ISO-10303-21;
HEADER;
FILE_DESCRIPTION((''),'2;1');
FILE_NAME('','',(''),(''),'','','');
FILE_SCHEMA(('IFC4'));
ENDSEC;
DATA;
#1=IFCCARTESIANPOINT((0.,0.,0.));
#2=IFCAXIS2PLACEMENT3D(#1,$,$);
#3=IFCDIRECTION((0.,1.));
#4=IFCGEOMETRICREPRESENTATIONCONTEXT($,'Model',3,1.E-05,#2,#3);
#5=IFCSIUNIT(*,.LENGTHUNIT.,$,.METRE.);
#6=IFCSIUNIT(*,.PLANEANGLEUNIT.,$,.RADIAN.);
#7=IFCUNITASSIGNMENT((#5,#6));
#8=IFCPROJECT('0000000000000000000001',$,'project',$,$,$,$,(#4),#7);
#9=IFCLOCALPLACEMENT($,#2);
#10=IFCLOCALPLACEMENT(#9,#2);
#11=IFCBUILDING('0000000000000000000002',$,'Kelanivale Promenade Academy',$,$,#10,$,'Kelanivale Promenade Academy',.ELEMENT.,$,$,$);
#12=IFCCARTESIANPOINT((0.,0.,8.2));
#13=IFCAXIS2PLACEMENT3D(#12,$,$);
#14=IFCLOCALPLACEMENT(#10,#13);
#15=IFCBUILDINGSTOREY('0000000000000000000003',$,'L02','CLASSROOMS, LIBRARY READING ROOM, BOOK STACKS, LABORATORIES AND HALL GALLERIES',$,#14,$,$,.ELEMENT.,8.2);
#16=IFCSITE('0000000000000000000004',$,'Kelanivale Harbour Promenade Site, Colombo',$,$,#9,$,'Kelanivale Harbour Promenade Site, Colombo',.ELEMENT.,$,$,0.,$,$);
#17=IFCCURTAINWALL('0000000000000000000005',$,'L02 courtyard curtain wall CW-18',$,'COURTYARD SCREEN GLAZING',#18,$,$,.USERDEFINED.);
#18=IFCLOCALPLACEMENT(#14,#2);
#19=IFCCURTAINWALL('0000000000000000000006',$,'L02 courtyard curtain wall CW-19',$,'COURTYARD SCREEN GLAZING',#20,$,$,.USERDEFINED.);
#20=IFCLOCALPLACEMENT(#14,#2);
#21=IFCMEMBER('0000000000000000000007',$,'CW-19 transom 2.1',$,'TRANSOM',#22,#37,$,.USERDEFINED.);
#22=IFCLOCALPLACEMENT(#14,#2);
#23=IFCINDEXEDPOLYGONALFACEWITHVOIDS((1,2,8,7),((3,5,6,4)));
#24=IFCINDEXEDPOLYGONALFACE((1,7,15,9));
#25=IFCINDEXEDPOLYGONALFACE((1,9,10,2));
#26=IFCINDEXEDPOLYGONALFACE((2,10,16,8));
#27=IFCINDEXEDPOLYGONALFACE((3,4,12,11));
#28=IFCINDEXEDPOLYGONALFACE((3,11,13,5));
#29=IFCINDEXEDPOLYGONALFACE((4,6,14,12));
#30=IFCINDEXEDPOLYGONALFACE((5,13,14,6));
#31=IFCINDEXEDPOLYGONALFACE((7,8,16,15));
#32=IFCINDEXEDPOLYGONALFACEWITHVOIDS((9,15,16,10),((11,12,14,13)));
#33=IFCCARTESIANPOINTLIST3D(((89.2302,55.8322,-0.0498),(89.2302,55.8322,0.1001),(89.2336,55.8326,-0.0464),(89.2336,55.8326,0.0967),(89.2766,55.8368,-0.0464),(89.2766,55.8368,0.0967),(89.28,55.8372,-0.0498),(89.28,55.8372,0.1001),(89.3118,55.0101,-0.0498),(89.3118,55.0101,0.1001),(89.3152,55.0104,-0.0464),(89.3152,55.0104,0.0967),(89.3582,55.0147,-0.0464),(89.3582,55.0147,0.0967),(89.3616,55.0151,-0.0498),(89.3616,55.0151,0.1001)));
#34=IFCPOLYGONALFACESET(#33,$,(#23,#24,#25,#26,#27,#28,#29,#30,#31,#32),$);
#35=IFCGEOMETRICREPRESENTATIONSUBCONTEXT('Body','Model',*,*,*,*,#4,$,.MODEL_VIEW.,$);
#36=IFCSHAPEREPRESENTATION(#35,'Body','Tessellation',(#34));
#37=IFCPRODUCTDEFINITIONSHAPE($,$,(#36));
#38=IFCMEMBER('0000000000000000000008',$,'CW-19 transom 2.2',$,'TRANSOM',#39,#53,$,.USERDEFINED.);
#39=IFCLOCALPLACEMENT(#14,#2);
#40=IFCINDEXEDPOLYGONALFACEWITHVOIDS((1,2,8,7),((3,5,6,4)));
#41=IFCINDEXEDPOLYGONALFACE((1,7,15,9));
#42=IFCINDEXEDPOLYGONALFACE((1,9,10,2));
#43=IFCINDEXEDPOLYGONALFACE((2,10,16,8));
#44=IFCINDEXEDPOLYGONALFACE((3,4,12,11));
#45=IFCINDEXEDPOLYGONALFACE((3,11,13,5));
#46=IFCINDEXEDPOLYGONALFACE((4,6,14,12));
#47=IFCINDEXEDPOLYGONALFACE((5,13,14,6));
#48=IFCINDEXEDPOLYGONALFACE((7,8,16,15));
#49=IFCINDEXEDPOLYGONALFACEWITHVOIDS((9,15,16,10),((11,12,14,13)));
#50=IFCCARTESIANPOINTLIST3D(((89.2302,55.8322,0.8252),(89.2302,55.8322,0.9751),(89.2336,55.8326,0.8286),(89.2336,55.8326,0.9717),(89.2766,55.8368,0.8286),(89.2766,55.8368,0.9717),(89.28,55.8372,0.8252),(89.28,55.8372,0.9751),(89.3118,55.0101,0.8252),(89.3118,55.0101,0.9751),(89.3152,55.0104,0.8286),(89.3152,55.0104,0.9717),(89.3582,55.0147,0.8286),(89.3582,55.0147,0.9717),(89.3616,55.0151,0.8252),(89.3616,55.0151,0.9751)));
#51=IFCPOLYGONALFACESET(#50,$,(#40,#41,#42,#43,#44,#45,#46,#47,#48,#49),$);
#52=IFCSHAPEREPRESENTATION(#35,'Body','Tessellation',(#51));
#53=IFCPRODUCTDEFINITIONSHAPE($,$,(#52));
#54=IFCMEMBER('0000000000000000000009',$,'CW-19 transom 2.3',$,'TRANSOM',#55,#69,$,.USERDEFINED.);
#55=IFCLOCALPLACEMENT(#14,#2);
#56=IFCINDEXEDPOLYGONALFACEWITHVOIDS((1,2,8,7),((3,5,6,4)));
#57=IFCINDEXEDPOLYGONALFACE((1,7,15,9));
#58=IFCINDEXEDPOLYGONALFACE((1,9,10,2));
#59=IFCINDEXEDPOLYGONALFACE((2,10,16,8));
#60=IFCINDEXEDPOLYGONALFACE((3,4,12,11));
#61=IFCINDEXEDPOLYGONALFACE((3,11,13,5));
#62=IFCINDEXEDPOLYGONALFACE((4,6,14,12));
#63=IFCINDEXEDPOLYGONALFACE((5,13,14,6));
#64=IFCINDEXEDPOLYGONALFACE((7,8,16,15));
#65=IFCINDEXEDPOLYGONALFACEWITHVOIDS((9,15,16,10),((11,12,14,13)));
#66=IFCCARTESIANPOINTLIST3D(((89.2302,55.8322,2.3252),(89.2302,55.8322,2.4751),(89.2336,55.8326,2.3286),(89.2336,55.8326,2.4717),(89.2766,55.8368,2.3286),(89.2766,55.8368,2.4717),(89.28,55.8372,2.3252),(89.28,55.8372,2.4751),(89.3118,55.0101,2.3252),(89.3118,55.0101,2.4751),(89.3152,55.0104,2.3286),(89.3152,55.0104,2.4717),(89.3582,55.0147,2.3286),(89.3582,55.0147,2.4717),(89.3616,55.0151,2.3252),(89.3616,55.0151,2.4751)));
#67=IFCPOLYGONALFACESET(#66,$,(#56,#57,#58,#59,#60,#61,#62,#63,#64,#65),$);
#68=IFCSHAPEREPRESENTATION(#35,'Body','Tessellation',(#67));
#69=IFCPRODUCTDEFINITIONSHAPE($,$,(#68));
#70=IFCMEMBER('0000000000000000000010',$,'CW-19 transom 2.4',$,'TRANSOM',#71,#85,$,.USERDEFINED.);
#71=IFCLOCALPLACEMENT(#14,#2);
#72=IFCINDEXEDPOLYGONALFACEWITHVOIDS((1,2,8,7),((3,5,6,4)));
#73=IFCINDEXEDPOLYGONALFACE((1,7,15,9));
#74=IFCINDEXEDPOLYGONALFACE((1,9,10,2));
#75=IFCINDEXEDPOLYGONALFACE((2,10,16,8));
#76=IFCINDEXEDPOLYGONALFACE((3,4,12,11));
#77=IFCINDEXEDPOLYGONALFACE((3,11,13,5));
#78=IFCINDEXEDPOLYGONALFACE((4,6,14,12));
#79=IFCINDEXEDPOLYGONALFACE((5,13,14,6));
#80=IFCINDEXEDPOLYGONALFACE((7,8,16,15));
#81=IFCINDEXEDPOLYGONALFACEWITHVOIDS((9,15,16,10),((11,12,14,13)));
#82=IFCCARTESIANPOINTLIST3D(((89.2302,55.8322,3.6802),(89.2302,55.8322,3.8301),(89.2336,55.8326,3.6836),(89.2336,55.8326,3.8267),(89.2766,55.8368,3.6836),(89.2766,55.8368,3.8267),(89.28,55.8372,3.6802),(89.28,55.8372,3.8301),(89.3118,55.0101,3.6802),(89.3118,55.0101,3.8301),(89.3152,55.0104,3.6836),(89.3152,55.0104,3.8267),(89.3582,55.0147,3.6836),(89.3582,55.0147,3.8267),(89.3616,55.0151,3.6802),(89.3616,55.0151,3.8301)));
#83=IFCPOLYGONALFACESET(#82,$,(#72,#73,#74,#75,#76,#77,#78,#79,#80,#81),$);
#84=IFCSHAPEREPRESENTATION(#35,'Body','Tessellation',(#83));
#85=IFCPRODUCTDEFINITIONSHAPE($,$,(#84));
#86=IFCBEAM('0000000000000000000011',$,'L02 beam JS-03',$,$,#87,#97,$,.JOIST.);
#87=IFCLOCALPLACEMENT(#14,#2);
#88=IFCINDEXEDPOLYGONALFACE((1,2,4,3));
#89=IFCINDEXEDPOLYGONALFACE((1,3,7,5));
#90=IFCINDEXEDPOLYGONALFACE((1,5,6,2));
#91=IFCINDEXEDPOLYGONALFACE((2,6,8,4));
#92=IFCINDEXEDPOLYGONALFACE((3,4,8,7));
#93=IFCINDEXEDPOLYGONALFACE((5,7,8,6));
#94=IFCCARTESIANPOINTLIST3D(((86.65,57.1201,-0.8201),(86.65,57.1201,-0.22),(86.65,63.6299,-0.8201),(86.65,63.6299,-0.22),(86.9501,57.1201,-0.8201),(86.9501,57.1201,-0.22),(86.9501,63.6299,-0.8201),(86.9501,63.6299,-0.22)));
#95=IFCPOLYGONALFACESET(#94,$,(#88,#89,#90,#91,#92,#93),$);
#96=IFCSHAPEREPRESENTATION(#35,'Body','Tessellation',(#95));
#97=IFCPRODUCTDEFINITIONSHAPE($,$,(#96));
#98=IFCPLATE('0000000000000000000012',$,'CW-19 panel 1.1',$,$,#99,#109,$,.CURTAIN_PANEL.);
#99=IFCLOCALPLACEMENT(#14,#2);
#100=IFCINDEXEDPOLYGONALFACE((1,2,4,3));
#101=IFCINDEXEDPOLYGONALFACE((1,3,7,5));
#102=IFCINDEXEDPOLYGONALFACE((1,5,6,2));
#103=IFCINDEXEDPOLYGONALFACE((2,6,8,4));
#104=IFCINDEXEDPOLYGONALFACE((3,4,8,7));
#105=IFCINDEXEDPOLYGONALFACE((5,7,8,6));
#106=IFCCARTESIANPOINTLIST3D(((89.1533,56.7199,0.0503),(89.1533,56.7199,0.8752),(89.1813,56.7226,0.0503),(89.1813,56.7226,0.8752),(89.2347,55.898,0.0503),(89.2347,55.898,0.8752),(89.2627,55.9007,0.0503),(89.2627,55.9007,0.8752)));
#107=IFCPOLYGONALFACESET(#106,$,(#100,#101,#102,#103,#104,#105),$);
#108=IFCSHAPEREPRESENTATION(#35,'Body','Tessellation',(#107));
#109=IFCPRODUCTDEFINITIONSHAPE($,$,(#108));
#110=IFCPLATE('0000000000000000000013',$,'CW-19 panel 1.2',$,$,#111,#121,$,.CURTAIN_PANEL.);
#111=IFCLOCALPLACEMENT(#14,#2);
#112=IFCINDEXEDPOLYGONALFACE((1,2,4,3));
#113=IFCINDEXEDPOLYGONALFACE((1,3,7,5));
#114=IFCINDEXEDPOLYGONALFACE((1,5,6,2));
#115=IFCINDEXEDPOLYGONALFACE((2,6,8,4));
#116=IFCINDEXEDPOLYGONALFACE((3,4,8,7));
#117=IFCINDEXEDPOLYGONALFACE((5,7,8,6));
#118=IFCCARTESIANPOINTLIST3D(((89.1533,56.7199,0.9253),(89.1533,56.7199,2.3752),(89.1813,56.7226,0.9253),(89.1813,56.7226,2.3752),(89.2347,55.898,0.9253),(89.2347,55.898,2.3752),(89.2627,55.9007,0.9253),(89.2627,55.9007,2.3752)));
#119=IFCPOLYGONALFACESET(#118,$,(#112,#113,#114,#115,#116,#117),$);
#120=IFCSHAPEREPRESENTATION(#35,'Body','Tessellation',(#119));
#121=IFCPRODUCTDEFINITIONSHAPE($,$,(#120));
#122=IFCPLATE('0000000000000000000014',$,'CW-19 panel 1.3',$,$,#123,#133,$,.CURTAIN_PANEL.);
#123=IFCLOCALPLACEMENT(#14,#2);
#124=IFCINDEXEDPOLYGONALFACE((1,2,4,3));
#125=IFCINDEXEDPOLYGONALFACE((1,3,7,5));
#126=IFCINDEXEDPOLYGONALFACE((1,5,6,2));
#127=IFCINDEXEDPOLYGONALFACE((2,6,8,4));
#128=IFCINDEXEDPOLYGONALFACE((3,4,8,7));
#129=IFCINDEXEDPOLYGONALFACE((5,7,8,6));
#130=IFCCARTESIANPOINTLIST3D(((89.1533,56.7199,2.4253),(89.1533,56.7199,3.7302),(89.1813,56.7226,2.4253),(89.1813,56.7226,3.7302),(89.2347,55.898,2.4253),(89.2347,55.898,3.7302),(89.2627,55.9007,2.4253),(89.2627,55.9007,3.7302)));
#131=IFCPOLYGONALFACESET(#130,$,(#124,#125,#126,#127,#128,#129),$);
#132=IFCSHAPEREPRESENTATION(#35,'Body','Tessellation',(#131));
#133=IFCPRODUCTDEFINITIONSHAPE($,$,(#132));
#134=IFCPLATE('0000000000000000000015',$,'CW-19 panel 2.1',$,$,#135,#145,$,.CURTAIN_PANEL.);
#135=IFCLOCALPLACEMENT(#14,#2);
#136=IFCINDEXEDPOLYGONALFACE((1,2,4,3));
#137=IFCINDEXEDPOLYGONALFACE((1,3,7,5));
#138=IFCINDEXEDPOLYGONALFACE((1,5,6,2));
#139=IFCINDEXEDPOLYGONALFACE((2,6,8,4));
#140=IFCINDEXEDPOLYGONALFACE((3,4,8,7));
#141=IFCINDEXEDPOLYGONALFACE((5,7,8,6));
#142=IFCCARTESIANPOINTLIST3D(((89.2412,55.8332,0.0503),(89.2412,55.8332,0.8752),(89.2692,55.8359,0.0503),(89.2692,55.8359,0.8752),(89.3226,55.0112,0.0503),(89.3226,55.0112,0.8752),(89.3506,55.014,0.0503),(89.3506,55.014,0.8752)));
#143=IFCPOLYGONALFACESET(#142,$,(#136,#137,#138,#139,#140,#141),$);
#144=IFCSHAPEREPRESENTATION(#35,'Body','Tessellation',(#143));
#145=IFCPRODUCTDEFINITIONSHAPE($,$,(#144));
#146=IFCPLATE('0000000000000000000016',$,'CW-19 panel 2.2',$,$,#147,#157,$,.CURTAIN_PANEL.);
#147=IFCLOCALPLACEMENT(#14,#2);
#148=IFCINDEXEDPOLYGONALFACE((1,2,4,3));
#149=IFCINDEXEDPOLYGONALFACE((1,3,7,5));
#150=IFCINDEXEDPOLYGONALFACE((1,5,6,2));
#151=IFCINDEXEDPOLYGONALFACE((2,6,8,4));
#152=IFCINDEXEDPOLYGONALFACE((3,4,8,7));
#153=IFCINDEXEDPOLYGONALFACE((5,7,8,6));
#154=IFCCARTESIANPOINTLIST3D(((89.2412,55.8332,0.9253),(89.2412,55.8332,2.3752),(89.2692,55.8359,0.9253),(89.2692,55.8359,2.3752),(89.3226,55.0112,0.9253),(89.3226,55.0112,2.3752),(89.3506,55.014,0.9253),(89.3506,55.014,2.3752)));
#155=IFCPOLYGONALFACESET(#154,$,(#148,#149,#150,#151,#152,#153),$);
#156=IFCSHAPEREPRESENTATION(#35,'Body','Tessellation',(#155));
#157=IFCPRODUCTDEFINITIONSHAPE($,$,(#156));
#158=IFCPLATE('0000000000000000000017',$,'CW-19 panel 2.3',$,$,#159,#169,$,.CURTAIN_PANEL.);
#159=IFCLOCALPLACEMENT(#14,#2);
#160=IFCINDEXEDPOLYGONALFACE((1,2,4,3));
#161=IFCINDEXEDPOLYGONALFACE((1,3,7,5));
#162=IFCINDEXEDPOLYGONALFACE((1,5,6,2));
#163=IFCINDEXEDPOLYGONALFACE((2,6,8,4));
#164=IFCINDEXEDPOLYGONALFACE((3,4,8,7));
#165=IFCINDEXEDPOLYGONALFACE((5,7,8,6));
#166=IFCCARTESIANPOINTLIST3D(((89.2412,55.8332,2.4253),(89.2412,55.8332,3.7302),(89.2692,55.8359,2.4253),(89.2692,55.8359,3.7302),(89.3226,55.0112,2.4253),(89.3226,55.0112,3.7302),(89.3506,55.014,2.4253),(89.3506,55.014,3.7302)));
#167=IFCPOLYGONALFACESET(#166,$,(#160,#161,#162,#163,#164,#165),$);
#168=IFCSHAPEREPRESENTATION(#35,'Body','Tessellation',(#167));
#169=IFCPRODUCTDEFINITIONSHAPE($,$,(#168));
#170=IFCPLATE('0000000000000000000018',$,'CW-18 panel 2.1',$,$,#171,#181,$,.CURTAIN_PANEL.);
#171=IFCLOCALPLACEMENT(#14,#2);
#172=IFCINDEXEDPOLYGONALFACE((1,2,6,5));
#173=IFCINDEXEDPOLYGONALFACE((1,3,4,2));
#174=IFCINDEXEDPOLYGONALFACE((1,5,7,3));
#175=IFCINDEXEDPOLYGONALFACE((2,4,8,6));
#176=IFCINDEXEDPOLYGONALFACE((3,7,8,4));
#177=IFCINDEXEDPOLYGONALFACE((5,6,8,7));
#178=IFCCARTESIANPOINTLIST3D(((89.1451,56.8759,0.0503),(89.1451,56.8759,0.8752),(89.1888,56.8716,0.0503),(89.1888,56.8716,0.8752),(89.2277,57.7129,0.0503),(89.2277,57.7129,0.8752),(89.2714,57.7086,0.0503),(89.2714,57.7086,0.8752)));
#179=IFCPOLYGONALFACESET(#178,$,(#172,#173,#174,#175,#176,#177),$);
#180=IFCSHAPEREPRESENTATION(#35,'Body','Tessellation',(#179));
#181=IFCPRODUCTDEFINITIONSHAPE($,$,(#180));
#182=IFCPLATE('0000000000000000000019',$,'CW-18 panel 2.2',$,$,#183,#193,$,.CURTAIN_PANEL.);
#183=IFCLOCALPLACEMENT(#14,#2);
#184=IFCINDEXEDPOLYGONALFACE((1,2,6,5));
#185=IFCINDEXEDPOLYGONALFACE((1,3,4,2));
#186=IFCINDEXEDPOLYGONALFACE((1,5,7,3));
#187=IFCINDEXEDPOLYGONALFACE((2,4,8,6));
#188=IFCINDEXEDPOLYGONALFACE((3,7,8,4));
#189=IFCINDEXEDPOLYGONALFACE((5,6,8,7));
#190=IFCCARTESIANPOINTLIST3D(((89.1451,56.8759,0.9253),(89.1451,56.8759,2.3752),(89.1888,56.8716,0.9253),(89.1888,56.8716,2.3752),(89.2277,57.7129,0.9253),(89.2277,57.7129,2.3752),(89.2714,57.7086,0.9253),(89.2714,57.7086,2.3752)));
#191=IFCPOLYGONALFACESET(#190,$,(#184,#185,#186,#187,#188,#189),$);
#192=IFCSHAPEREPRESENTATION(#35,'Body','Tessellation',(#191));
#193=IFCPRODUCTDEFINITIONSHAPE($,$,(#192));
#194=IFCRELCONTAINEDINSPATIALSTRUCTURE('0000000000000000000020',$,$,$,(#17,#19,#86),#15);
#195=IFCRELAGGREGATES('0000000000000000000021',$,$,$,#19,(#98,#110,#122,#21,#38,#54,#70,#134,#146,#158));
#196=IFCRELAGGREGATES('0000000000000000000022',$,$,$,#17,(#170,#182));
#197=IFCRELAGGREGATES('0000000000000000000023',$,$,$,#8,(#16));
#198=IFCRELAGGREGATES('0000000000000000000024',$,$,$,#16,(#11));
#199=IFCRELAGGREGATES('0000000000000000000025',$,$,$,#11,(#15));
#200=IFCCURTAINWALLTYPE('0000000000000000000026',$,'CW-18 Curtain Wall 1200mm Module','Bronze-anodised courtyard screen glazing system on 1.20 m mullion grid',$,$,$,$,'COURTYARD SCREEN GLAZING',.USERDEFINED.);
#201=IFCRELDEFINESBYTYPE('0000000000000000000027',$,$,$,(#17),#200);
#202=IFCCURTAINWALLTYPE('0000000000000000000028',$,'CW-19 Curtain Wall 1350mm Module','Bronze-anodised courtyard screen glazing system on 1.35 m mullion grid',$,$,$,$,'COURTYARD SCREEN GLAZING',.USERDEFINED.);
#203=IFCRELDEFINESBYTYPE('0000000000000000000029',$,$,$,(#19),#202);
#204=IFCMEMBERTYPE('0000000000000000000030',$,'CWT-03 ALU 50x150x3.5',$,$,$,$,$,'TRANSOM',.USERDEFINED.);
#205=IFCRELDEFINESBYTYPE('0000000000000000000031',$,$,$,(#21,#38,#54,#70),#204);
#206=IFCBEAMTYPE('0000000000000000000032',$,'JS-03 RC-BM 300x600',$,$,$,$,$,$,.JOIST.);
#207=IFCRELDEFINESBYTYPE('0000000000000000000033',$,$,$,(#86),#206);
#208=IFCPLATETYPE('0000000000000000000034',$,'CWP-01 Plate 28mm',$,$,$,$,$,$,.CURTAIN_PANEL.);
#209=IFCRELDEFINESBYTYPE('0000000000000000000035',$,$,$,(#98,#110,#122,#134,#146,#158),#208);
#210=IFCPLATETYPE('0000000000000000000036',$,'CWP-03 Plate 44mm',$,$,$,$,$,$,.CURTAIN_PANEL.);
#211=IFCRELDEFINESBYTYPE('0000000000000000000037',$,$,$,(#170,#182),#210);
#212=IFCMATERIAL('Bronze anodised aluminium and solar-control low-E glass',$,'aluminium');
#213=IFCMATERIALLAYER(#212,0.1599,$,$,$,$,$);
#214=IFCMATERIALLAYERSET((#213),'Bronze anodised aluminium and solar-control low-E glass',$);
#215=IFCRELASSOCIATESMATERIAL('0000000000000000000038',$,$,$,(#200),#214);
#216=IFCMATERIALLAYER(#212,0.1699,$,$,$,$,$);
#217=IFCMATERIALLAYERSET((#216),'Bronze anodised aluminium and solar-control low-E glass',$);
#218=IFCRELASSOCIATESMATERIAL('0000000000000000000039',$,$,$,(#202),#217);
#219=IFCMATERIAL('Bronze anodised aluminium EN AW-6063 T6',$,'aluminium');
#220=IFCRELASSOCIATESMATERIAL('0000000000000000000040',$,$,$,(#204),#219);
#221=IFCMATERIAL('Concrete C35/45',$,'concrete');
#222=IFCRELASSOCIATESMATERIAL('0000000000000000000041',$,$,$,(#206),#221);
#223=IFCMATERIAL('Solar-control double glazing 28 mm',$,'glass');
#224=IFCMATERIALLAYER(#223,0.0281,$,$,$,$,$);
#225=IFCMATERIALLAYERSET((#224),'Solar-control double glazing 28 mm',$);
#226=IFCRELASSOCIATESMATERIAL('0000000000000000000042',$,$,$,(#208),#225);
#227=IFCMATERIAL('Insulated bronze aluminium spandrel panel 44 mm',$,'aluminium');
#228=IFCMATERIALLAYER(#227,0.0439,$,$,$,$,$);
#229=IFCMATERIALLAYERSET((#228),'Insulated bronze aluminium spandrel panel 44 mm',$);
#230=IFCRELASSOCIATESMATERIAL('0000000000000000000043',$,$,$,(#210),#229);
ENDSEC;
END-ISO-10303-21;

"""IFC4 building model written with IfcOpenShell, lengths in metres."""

from ifc_helpers import new_model, si_unit, direction, frame, origin, origin_2d, place, context, subcontext, project, spatial, rectangle, hollow_rectangle, extrude, material, layer, layer_set, material_profile, profile_set, type_object, element, aggregate, save


model = new_model("IFC4")

# Units and contexts
model_context = context("Model", 3, precision=1e-05, world=origin(), true_north=direction((0.0, 1.0)))
body_context = subcontext(model_context, "Body", "Model", "MODEL_VIEW")
ifc_project = project(units=[si_unit("LENGTHUNIT", "METRE"), si_unit("PLANEANGLEUNIT", "RADIAN")], contexts=[model_context])

# Site, building, storey
site_placement = place(None, origin())
site = spatial("IfcSite", under=ifc_project, at=site_placement, Name="Kelanivale Harbour Promenade Site, Colombo", LongName="Kelanivale Harbour Promenade Site, Colombo", CompositionType="ELEMENT", RefElevation=0.0)
building_placement = place(site_placement, origin())
building = spatial("IfcBuilding", under=site, at=building_placement, Name="Kelanivale Promenade Academy", LongName="Kelanivale Promenade Academy", CompositionType="ELEMENT")
storey_placement = place(building_placement, frame((0.0, 0.0, 8.2)))
storey = spatial("IfcBuildingStorey", under=building, at=storey_placement, Name="L02", Description="CLASSROOMS, LIBRARY READING ROOM, BOOK STACKS, LABORATORIES AND HALL GALLERIES", CompositionType="ELEMENT", Elevation=8.2)

# Curtain wall
ifc_material_1 = material(Name="Bronze anodised aluminium and solar-control low-E glass", Category="aluminium")
ifc_layer_1 = layer(ifc_material_1, 0.1599)
ifc_layer_set_1 = layer_set([ifc_layer_1], Name="Bronze anodised aluminium and solar-control low-E glass")
curtain_wall_type_1 = type_object("IfcCurtainWallType", Name="CW-18 Curtain Wall 1200mm Module", Description="Bronze-anodised courtyard screen glazing system on 1.20 m mullion grid", ElementType="COURTYARD SCREEN GLAZING", PredefinedType="USERDEFINED", material=ifc_layer_set_1)
curtain_wall_1_placement = place(storey_placement, origin())
curtain_wall_1 = element("IfcCurtainWall", 1, at=curtain_wall_1_placement, inside=storey, type_object=curtain_wall_type_1, Name="L02 courtyard curtain wall CW-18", ObjectType="COURTYARD SCREEN GLAZING", PredefinedType="USERDEFINED")
ifc_material_2 = material(Name="Bronze anodised aluminium EN AW-6063 T6", Category="aluminium")

# Curtain wall
ifc_layer_2 = layer(ifc_material_1, 0.1699)
ifc_layer_set_2 = layer_set([ifc_layer_2], Name="Bronze anodised aluminium and solar-control low-E glass")
curtain_wall_type_2 = type_object("IfcCurtainWallType", Name="CW-19 Curtain Wall 1350mm Module", Description="Bronze-anodised courtyard screen glazing system on 1.35 m mullion grid", ElementType="COURTYARD SCREEN GLAZING", PredefinedType="USERDEFINED", material=ifc_layer_set_2)
curtain_wall_2_placement = place(storey_placement, origin())
curtain_wall_2 = element("IfcCurtainWall", 2, at=curtain_wall_2_placement, inside=storey, type_object=curtain_wall_type_2, Name="L02 courtyard curtain wall CW-19", ObjectType="COURTYARD SCREEN GLAZING", PredefinedType="USERDEFINED")

# Members
ifc_material_profile_1 = material_profile(ifc_material_2, hollow_rectangle(XDim=0.05, YDim=0.1499, WallThickness=0.0034, at=origin_2d()), Name="ALU 50x150x3.5")
ifc_profile_set_1 = profile_set([ifc_material_profile_1], Name="Bronze anodised aluminium EN AW-6063 T6")
member_type_1 = type_object("IfcMemberType", Name="CWT-03 ALU 50x150x3.5", ElementType="TRANSOM", PredefinedType="USERDEFINED", material=ifc_profile_set_1)
member_1_placement = place(storey_placement, frame((89.2551, 55.8347, 0.0251), z_axis=(0.098714, -0.995116, 0.0), x_axis=(0.995116, 0.098714, 0.0)))
member_1 = element("IfcMember", 3, at=member_1_placement, type_object=member_type_1, Name="CW-19 transom 2.1", ObjectType="TRANSOM", PredefinedType="USERDEFINED", context=body_context, shape_type="SweptSolid", body=[
    extrude(hollow_rectangle(XDim=0.05, YDim=0.1499, WallThickness=0.0034, at=origin_2d()), origin(), (0.0, 0.0, 1.0), 0.8262),
])
member_2_placement = place(storey_placement, frame((89.2551, 55.8347, 0.9001), z_axis=(0.098714, -0.995116, 0.0), x_axis=(0.995116, 0.098714, 0.0)))
member_2 = element("IfcMember", 4, at=member_2_placement, type_object=member_type_1, Name="CW-19 transom 2.2", ObjectType="TRANSOM", PredefinedType="USERDEFINED", context=body_context, shape_type="SweptSolid", body=[
    extrude(hollow_rectangle(XDim=0.05, YDim=0.1499, WallThickness=0.0034, at=origin_2d()), origin(), (0.0, 0.0, 1.0), 0.8262),
])
member_3_placement = place(storey_placement, frame((89.2551, 55.8347, 2.4001), z_axis=(0.098714, -0.995116, 0.0), x_axis=(0.995116, 0.098714, 0.0)))
member_3 = element("IfcMember", 5, at=member_3_placement, type_object=member_type_1, Name="CW-19 transom 2.3", ObjectType="TRANSOM", PredefinedType="USERDEFINED", context=body_context, shape_type="SweptSolid", body=[
    extrude(hollow_rectangle(XDim=0.05, YDim=0.1499, WallThickness=0.0034, at=origin_2d()), origin(), (0.0, 0.0, 1.0), 0.8262),
])
member_4_placement = place(storey_placement, frame((89.2551, 55.8347, 3.7551), z_axis=(0.098714, -0.995116, 0.0), x_axis=(0.995116, 0.098714, 0.0)))
member_4 = element("IfcMember", 6, at=member_4_placement, type_object=member_type_1, Name="CW-19 transom 2.4", ObjectType="TRANSOM", PredefinedType="USERDEFINED", context=body_context, shape_type="SweptSolid", body=[
    extrude(hollow_rectangle(XDim=0.05, YDim=0.1499, WallThickness=0.0034, at=origin_2d()), origin(), (0.0, 0.0, 1.0), 0.8262),
])

# Beam
ifc_material_3 = material(Name="Concrete C35/45", Category="concrete")
ifc_material_profile_2 = material_profile(ifc_material_3, rectangle(XDim=0.3, YDim=0.6001, at=origin_2d()), Name="RC-BM 300x600")
ifc_profile_set_2 = profile_set([ifc_material_profile_2], Name="Concrete C35/45")
beam_type = type_object("IfcBeamType", Name="JS-03 RC-BM 300x600", PredefinedType="JOIST", material=ifc_profile_set_2)
beam_placement = place(storey_placement, frame((86.8, 57.1201, -0.52), z_axis=(0.0, 1.0, 0.0), x_axis=(-1.0, 0.0, 0.0)))
element("IfcBeam", 7, at=beam_placement, inside=storey, type_object=beam_type, Name="L02 beam JS-03", PredefinedType="JOIST", context=body_context, shape_type="SweptSolid", body=[
    extrude(rectangle(XDim=0.3, YDim=0.6001, at=origin_2d()), origin(), (0.0, 0.0, 1.0), 6.5098),
])

# Plates
ifc_material_4 = material(Name="Solar-control double glazing 28 mm", Category="glass")
ifc_layer_3 = layer(ifc_material_4, 0.0281)
ifc_layer_set_3 = layer_set([ifc_layer_3], Name="Solar-control double glazing 28 mm")
plate_type_1 = type_object("IfcPlateType", Name="CWP-01 Plate 28mm", PredefinedType="CURTAIN_PANEL", material=ifc_layer_set_3)
plate_1_placement = place(storey_placement, frame((89.208, 56.3103, 0.0503), z_axis=(0.0, 0.0, 1.0), x_axis=(0.098539, -0.995133, 0.0)))
plate_1 = element("IfcPlate", 8, at=plate_1_placement, type_object=plate_type_1, Name="CW-19 panel 1.1", PredefinedType="CURTAIN_PANEL", context=body_context, shape_type="SweptSolid", body=[
    extrude(rectangle(XDim=0.8259, YDim=0.0281, at=origin_2d()), origin(), (0.0, 0.0, 1.0), 0.825),
])
plate_2_placement = place(storey_placement, frame((89.208, 56.3103, 0.9253), z_axis=(0.0, 0.0, 1.0), x_axis=(0.098539, -0.995133, 0.0)))
plate_2 = element("IfcPlate", 9, at=plate_2_placement, type_object=plate_type_1, Name="CW-19 panel 1.2", PredefinedType="CURTAIN_PANEL", context=body_context, shape_type="SweptSolid", body=[
    extrude(rectangle(XDim=0.8259, YDim=0.0281, at=origin_2d()), origin(), (0.0, 0.0, 1.0), 1.45),
])
plate_3_placement = place(storey_placement, frame((89.208, 56.3103, 2.4253), z_axis=(0.0, 0.0, 1.0), x_axis=(0.098539, -0.995133, 0.0)))
plate_3 = element("IfcPlate", 10, at=plate_3_placement, type_object=plate_type_1, Name="CW-19 panel 1.3", PredefinedType="CURTAIN_PANEL", context=body_context, shape_type="SweptSolid", body=[
    extrude(rectangle(XDim=0.8259, YDim=0.0281, at=origin_2d()), origin(), (0.0, 0.0, 1.0), 1.3049),
])
plate_4_placement = place(storey_placement, frame((89.2959, 55.4236, 0.0503), z_axis=(0.0, 0.0, 1.0), x_axis=(0.098539, -0.995133, 0.0)))
plate_4 = element("IfcPlate", 11, at=plate_4_placement, type_object=plate_type_1, Name="CW-19 panel 2.1", PredefinedType="CURTAIN_PANEL", context=body_context, shape_type="SweptSolid", body=[
    extrude(rectangle(XDim=0.8259, YDim=0.0281, at=origin_2d()), origin(), (0.0, 0.0, 1.0), 0.825),
])
plate_5_placement = place(storey_placement, frame((89.2959, 55.4236, 0.9253), z_axis=(0.0, 0.0, 1.0), x_axis=(0.098539, -0.995133, 0.0)))
plate_5 = element("IfcPlate", 12, at=plate_5_placement, type_object=plate_type_1, Name="CW-19 panel 2.2", PredefinedType="CURTAIN_PANEL", context=body_context, shape_type="SweptSolid", body=[
    extrude(rectangle(XDim=0.8259, YDim=0.0281, at=origin_2d()), origin(), (0.0, 0.0, 1.0), 1.45),
])
plate_6_placement = place(storey_placement, frame((89.2959, 55.4236, 2.4253), z_axis=(0.0, 0.0, 1.0), x_axis=(0.098539, -0.995133, 0.0)))
plate_6 = element("IfcPlate", 13, at=plate_6_placement, type_object=plate_type_1, Name="CW-19 panel 2.3", PredefinedType="CURTAIN_PANEL", context=body_context, shape_type="SweptSolid", body=[
    extrude(rectangle(XDim=0.8259, YDim=0.0281, at=origin_2d()), origin(), (0.0, 0.0, 1.0), 1.3049),
])
aggregate(curtain_wall_2, [plate_1, plate_2, plate_3, member_1, member_2, member_3, member_4, plate_4, plate_5, plate_6])
ifc_material_5 = material(Name="Insulated bronze aluminium spandrel panel 44 mm", Category="aluminium")
ifc_layer_4 = layer(ifc_material_5, 0.0439)
ifc_layer_set_4 = layer_set([ifc_layer_4], Name="Insulated bronze aluminium spandrel panel 44 mm")
plate_type_2 = type_object("IfcPlateType", Name="CWP-03 Plate 44mm", PredefinedType="CURTAIN_PANEL", material=ifc_layer_set_4)
plate_7_placement = place(storey_placement, frame((89.2083, 57.2922, 0.0503), z_axis=(0.0, 0.0, 1.0), x_axis=(-0.098281, -0.995159, 0.0)))
plate_7 = element("IfcPlate", 14, at=plate_7_placement, type_object=plate_type_2, Name="CW-18 panel 2.1", PredefinedType="CURTAIN_PANEL", context=body_context, shape_type="SweptSolid", body=[
    extrude(rectangle(XDim=0.8411, YDim=0.0439, at=origin_2d()), origin(), (0.0, 0.0, 1.0), 0.825),
])
plate_8_placement = place(storey_placement, frame((89.2083, 57.2922, 0.9253), z_axis=(0.0, 0.0, 1.0), x_axis=(-0.098281, -0.995159, 0.0)))
plate_8 = element("IfcPlate", 15, at=plate_8_placement, type_object=plate_type_2, Name="CW-18 panel 2.2", PredefinedType="CURTAIN_PANEL", context=body_context, shape_type="SweptSolid", body=[
    extrude(rectangle(XDim=0.8411, YDim=0.0439, at=origin_2d()), origin(), (0.0, 0.0, 1.0), 1.45),
])
aggregate(curtain_wall_1, [plate_7, plate_8])

save(model, "model.ifc")
